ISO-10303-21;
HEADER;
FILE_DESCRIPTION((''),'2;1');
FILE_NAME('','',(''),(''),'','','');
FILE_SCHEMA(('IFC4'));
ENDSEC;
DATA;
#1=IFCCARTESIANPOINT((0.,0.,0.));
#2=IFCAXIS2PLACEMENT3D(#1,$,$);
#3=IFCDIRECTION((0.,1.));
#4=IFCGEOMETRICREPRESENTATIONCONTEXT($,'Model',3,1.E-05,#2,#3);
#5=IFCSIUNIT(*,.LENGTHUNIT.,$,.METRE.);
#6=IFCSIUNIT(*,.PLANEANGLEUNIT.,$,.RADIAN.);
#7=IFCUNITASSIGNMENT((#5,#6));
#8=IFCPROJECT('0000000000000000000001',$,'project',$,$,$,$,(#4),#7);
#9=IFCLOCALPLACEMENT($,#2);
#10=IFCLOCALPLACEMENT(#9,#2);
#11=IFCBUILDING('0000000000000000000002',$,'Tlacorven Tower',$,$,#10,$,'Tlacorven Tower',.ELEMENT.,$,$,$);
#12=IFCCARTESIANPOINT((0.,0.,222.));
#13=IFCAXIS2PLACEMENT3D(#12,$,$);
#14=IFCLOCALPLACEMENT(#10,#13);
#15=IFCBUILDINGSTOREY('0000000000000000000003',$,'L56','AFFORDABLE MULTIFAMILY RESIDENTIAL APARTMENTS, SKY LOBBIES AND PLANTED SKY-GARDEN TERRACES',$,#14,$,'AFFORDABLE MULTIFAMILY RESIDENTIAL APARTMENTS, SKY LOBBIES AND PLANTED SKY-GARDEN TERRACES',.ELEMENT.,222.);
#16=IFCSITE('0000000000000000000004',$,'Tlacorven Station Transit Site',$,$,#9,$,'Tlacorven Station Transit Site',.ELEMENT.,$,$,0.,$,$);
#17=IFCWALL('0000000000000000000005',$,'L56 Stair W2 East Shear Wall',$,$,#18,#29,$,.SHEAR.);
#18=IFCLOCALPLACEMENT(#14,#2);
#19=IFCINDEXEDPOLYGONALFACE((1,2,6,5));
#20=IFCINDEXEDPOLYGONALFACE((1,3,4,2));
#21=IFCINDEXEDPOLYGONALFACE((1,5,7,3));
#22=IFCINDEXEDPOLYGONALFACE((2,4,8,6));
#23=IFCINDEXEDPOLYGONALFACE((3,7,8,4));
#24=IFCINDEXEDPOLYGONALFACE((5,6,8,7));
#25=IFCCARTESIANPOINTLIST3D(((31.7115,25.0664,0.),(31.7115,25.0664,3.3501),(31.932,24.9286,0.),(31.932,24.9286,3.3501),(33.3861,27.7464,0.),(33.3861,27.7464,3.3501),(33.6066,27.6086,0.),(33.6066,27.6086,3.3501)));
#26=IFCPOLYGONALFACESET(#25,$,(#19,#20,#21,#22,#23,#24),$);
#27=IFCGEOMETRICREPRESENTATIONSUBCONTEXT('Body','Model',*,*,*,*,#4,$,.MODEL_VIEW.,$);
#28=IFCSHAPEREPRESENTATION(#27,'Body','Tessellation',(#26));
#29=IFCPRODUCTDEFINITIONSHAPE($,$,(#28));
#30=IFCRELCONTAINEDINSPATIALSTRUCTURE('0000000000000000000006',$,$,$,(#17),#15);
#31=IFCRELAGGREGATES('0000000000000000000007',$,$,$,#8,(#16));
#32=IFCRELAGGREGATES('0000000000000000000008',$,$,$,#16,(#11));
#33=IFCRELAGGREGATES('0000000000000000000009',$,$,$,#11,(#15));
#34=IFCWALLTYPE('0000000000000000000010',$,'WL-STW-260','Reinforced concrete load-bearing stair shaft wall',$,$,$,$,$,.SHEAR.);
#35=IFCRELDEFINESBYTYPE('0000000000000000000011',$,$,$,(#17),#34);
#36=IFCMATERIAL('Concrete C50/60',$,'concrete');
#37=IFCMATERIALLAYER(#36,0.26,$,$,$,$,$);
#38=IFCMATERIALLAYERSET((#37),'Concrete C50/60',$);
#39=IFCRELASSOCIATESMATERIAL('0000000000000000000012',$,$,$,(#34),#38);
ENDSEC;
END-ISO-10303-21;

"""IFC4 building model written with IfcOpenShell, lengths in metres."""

from ifc_helpers import new_model, si_unit, direction, frame, frame_2d, origin, place, context, subcontext, project, spatial, rectangle, extrude, material, layer, layer_set, type_object, element, save


model = new_model("IFC4")

# Units and contexts
model_context = context("Model", 3, precision=1e-05, world=origin(), true_north=direction((0.0, 1.0)))
body_context = subcontext(model_context, "Body", "Model", "MODEL_VIEW")
ifc_project = project(units=[si_unit("LENGTHUNIT", "METRE"), si_unit("PLANEANGLEUNIT", "RADIAN")], contexts=[model_context])

# Site, building, storey
site_placement = place(None, origin())
site = spatial("IfcSite", under=ifc_project, at=site_placement, Name="Tlacorven Station Transit Site", LongName="Tlacorven Station Transit Site", CompositionType="ELEMENT", RefElevation=0.0)
building_placement = place(site_placement, origin())
building = spatial("IfcBuilding", under=site, at=building_placement, Name="Tlacorven Tower", LongName="Tlacorven Tower", CompositionType="ELEMENT")
storey_placement = place(building_placement, frame((0.0, 0.0, 222.0)))
storey = spatial("IfcBuildingStorey", under=building, at=storey_placement, Name="L56", Description="AFFORDABLE MULTIFAMILY RESIDENTIAL APARTMENTS, SKY LOBBIES AND PLANTED SKY-GARDEN TERRACES", LongName="AFFORDABLE MULTIFAMILY RESIDENTIAL APARTMENTS, SKY LOBBIES AND PLANTED SKY-GARDEN TERRACES", CompositionType="ELEMENT", Elevation=222.0)

# Shared definitions
ifc_material_1 = material(Name="Concrete C50/60", Category="concrete")

# Wall
ifc_layer_1 = layer(ifc_material_1, 0.26)
ifc_layer_set_1 = layer_set([ifc_layer_1], Name="Concrete C50/60")
wall_type_1 = type_object("IfcWallType", Name="WL-STW-260", Description="Reinforced concrete load-bearing stair shaft wall", PredefinedType="SHEAR", material=ifc_layer_set_1)
wall_1_placement = place(storey_placement, frame((33.4963, 27.6775, 0.0), z_axis=(0.0, 0.0, 1.0), x_axis=(-0.529909, -0.848055, 0.0)))
element("IfcWall", 1, at=wall_1_placement, inside=storey, type_object=wall_type_1, Name="L56 Stair W2 East Shear Wall", PredefinedType="SHEAR", context=body_context, shape_type="SweptSolid", body=[
    extrude(rectangle(XDim=3.1602, YDim=0.26, at=frame_2d((1.5801, 0.0))), origin(), (0.0, 0.0, 1.0), 3.3501),
])

save(model, "model.ifc")
